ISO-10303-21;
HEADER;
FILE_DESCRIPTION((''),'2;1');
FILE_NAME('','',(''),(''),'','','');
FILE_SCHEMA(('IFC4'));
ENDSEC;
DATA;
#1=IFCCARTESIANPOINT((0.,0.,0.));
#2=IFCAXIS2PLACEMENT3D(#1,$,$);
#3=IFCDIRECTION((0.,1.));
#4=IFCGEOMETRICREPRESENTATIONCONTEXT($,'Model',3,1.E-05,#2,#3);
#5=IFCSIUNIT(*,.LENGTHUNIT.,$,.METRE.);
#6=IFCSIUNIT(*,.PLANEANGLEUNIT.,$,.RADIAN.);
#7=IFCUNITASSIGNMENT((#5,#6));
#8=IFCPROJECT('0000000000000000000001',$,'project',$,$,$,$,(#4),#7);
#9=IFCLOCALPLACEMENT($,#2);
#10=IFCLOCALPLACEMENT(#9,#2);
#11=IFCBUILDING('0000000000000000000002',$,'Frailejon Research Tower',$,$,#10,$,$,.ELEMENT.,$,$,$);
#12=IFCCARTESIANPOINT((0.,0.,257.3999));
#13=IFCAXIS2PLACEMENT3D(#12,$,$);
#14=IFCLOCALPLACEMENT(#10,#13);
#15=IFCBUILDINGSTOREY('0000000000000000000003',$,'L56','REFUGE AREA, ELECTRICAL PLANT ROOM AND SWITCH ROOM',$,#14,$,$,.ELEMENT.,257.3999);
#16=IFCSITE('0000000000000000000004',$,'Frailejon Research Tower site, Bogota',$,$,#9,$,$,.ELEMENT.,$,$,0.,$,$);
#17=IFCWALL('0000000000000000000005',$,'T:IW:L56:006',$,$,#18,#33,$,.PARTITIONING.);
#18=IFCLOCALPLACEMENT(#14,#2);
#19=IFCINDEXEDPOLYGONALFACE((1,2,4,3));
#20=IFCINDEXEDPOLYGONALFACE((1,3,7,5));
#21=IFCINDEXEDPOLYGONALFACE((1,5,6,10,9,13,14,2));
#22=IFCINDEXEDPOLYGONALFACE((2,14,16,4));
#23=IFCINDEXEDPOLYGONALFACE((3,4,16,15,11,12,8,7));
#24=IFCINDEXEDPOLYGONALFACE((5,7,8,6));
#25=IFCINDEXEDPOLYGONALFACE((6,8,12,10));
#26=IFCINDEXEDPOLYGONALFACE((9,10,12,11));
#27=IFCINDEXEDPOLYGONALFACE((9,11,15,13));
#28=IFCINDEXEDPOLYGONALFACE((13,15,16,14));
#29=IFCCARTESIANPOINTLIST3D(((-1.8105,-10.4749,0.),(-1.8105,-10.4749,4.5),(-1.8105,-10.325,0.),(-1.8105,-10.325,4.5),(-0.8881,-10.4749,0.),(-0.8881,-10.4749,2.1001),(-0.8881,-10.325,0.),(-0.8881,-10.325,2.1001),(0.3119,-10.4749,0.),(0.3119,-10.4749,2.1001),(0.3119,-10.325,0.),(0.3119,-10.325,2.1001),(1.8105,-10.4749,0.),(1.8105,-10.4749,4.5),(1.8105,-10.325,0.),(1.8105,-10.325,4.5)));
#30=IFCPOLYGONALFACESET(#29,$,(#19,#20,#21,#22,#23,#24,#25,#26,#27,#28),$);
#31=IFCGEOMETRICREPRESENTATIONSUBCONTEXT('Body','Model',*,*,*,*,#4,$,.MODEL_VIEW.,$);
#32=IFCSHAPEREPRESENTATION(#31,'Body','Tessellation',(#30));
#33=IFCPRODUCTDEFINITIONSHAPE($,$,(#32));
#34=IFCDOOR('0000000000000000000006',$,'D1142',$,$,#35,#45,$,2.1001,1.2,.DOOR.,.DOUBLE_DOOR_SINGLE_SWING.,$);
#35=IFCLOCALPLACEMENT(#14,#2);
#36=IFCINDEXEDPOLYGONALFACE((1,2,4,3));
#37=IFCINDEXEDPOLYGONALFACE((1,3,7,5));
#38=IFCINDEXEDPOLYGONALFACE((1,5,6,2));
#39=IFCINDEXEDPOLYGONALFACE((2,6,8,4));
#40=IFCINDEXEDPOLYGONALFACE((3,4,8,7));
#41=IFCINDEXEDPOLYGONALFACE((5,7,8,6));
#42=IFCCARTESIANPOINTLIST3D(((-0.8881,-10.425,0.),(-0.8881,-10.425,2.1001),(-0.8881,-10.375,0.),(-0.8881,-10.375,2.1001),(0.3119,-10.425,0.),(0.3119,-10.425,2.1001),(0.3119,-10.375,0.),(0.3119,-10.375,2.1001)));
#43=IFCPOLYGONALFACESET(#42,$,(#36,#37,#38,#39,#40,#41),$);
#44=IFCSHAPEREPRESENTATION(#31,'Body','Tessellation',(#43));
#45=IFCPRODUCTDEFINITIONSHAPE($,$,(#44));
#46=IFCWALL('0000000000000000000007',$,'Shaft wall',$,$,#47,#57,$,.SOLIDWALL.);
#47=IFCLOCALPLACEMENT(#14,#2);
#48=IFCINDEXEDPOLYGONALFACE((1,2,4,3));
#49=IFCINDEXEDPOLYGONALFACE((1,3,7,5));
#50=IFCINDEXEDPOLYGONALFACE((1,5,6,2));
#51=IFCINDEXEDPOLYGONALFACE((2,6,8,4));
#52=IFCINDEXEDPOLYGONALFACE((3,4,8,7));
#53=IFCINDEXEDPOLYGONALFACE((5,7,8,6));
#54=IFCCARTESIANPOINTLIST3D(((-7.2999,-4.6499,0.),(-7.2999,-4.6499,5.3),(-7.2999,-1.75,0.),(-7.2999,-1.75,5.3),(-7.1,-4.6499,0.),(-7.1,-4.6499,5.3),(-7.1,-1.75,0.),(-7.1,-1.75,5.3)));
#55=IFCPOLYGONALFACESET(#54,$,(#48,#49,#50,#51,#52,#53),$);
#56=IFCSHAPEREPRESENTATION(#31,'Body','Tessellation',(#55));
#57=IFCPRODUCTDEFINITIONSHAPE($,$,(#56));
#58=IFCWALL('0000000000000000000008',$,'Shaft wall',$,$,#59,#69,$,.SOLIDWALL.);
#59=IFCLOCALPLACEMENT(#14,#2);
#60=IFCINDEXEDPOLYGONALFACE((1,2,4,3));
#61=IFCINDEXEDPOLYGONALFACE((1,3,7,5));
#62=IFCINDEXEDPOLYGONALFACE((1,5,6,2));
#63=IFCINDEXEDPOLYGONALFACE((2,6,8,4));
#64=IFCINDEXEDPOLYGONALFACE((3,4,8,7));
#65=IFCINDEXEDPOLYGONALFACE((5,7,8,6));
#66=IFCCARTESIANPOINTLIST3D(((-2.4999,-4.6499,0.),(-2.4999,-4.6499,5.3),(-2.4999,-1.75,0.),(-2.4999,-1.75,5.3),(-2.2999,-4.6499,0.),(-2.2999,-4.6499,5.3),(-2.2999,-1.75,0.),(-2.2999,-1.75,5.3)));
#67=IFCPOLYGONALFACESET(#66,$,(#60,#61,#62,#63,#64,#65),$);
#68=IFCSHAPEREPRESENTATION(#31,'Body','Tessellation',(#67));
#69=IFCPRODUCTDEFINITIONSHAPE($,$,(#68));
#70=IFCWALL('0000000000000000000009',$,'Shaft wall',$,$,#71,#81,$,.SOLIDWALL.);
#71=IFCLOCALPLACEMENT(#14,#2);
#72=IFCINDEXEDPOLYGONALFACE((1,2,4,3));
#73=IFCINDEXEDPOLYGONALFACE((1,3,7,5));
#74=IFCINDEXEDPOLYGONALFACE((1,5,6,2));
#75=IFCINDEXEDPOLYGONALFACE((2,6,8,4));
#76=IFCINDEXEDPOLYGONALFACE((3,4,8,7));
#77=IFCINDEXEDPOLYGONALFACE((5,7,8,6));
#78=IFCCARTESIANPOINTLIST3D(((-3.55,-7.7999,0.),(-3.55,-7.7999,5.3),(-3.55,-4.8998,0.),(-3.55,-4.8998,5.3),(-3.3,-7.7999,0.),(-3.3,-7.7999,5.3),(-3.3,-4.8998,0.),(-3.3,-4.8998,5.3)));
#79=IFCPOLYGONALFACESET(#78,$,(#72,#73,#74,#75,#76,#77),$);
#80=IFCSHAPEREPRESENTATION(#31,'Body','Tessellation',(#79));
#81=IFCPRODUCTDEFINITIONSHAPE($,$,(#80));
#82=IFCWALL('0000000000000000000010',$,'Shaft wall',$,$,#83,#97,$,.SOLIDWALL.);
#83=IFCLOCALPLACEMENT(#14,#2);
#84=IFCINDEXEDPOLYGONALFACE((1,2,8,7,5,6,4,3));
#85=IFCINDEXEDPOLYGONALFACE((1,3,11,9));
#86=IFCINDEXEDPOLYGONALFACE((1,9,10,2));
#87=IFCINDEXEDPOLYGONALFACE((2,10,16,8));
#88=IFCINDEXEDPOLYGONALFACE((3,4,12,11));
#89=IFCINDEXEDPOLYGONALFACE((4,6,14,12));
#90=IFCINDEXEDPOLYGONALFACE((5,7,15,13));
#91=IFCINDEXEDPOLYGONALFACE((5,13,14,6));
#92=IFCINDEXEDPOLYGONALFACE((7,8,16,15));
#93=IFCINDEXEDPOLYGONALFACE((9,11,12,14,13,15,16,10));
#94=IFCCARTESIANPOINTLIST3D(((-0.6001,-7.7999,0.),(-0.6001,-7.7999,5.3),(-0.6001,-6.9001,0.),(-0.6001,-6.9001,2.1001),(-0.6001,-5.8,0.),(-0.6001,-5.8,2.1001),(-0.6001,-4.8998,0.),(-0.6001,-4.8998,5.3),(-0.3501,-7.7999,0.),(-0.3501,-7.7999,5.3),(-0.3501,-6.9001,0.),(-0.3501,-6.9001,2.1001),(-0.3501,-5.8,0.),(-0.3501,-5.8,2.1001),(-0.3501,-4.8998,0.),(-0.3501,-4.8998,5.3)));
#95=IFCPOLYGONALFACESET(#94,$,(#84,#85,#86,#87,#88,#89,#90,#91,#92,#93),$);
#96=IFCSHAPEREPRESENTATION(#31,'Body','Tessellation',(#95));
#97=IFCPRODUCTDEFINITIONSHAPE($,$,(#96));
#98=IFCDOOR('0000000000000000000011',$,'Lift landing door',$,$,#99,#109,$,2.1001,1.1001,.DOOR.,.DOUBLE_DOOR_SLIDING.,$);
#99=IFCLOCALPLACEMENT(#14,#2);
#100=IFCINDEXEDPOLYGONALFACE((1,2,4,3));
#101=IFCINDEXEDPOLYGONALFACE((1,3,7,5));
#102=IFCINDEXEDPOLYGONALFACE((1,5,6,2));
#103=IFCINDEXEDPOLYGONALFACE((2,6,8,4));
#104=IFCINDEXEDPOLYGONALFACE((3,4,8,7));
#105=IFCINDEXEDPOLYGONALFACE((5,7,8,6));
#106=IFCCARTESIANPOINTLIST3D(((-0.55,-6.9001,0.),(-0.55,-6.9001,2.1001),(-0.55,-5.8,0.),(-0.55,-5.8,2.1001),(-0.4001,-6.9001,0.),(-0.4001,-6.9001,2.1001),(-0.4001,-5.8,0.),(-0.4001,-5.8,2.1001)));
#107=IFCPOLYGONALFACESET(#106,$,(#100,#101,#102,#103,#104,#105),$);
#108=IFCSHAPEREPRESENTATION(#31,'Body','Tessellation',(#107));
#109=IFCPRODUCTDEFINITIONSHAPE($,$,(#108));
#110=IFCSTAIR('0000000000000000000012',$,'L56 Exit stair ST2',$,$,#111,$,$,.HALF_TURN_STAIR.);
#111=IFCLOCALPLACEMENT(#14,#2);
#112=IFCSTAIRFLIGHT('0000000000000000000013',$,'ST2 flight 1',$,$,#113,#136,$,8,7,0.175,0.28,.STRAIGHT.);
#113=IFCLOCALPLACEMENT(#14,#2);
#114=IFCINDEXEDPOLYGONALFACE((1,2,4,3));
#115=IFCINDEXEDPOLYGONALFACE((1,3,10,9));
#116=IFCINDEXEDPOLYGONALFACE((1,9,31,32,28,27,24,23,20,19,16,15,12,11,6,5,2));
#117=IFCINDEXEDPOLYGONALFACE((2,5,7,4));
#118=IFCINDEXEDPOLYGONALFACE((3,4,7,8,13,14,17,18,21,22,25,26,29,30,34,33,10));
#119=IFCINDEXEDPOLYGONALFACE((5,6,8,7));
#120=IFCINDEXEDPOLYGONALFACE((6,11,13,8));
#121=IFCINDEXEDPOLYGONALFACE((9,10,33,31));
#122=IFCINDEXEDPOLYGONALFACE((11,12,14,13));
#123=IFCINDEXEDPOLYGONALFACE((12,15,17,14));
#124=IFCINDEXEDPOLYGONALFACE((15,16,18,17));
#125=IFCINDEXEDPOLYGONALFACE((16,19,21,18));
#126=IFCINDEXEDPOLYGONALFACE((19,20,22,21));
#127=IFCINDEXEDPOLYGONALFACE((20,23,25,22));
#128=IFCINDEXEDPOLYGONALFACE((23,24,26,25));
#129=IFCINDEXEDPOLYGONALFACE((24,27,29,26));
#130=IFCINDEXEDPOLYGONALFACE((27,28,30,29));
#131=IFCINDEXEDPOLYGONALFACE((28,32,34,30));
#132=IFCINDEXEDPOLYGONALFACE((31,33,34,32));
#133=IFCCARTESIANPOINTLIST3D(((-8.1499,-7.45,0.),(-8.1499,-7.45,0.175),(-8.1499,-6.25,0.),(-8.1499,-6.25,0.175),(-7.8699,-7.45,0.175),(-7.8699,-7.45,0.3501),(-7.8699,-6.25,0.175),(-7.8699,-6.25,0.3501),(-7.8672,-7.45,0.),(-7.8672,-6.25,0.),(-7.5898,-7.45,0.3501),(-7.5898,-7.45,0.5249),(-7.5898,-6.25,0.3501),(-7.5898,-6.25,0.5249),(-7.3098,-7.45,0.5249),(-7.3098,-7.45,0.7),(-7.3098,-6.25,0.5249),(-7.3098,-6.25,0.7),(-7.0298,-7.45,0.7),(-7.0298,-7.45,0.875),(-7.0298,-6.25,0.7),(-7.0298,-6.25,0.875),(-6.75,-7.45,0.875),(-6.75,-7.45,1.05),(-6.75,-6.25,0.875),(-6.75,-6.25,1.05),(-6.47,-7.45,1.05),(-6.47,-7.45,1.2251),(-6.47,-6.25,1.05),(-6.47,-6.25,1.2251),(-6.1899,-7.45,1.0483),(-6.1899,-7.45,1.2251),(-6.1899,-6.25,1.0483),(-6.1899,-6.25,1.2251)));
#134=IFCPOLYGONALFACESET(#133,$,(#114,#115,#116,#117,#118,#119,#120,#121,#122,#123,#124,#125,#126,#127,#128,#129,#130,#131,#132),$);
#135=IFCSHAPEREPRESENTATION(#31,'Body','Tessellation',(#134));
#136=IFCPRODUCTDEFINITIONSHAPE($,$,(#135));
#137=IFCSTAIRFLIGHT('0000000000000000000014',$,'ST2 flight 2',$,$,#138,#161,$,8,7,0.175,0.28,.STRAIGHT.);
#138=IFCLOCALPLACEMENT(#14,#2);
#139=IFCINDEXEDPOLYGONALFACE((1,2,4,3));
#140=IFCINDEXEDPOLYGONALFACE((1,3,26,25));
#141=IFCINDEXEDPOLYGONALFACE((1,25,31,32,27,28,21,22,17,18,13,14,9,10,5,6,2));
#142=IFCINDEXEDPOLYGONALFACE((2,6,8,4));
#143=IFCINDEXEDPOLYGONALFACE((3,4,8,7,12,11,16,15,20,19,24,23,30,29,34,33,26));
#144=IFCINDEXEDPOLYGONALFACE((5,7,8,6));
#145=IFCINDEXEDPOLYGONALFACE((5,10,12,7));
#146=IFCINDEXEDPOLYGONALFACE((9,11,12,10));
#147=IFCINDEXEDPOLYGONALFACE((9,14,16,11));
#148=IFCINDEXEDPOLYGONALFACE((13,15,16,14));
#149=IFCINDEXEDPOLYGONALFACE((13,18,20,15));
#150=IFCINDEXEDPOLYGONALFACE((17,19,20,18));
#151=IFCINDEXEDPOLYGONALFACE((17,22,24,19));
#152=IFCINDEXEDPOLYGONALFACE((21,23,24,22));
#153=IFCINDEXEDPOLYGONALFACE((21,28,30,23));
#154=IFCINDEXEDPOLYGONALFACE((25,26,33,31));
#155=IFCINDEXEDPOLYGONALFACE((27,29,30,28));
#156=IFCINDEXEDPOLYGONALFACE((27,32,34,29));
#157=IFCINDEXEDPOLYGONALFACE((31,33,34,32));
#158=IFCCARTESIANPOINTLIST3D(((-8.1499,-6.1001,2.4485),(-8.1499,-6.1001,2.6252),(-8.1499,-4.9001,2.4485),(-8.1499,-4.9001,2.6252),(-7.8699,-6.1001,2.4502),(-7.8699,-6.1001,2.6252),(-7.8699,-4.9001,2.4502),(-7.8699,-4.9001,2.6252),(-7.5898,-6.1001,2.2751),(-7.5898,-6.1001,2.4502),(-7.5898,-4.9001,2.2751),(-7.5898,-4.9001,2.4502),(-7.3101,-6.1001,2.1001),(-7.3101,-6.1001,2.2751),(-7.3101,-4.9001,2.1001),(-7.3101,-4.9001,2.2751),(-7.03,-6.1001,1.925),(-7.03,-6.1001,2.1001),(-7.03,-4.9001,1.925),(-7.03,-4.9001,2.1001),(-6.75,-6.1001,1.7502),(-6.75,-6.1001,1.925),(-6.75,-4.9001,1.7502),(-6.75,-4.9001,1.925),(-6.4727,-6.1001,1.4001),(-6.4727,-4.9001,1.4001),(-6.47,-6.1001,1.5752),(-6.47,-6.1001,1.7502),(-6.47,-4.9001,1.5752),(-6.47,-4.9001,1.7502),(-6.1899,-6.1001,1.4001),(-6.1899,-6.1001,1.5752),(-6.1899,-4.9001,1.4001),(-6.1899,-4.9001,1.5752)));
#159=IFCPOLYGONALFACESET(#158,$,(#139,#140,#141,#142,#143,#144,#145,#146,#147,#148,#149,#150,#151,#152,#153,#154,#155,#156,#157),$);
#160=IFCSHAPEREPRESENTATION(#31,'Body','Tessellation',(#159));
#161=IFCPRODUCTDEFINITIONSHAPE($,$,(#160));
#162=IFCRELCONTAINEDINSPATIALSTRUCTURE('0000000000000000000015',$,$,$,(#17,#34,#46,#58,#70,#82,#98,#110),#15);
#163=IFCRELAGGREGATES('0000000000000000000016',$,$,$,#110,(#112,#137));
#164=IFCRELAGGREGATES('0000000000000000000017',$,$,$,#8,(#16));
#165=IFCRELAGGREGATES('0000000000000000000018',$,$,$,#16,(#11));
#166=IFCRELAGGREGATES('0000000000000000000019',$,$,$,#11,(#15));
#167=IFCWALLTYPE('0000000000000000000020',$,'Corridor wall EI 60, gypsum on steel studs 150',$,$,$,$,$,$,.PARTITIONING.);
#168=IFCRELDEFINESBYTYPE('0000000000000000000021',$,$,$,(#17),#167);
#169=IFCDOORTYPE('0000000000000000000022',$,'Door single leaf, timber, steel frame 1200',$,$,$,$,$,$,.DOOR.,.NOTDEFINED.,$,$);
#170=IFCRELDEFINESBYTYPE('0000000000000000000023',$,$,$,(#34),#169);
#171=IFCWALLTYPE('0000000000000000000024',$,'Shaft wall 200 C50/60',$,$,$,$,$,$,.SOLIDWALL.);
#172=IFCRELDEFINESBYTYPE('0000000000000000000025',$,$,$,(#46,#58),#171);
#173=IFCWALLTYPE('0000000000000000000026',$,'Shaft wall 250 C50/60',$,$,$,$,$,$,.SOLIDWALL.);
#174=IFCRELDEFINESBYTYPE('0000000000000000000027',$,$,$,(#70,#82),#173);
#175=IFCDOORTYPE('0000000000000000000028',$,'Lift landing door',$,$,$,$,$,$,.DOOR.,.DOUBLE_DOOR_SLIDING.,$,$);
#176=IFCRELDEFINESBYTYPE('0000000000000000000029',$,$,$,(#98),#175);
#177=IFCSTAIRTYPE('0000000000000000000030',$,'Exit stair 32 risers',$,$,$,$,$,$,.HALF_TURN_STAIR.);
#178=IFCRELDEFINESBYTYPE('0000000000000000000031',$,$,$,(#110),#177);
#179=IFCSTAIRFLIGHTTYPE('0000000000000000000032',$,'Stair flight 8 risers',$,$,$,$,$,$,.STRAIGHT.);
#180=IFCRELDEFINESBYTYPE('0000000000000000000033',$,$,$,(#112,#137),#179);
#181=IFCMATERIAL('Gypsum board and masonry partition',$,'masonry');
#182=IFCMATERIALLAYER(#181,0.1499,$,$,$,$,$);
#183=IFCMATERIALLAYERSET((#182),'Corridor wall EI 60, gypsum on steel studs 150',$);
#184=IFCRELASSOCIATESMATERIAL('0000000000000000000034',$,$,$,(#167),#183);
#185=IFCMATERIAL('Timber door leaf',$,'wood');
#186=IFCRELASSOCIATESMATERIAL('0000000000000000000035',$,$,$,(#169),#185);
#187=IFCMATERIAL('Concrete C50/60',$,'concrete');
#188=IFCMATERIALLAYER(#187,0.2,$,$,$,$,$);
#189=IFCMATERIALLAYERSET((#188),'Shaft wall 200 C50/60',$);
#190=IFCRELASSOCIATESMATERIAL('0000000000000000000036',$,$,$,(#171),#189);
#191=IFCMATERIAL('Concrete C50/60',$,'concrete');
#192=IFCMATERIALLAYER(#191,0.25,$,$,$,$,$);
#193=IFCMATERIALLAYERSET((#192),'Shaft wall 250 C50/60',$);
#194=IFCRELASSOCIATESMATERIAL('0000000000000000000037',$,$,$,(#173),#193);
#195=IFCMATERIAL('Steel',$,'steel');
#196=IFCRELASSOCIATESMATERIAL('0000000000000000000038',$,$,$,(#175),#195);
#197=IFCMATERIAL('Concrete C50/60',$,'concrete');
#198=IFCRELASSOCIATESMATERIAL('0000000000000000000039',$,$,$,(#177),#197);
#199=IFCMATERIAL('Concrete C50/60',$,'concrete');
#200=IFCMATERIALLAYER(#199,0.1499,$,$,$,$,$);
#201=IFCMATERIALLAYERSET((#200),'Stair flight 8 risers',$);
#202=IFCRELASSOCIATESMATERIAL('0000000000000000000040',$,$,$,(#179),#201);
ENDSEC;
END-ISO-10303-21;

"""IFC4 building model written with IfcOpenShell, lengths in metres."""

from ifc_helpers import new_model, si_unit, direction, frame, frame_2d, origin, place, context, subcontext, project, spatial, polyline, rectangle, outline, extrude, material, layer, layer_set, type_object, element, fill, aggregate, save


model = new_model("IFC4")

# Units and contexts
model_context = context("Model", 3, precision=1e-05, world=origin(), true_north=direction((0.0, 1.0)))
body_context = subcontext(model_context, "Body", "Model", "MODEL_VIEW")
ifc_project = project(units=[si_unit("LENGTHUNIT", "METRE"), si_unit("PLANEANGLEUNIT", "RADIAN")], contexts=[model_context])

# Site, building, storey
site_placement = place(None, origin())
site = spatial("IfcSite", under=ifc_project, at=site_placement, Name="Frailejon Research Tower site, Bogota", CompositionType="ELEMENT", RefElevation=0.0)
building_placement = place(site_placement, origin())
building = spatial("IfcBuilding", under=site, at=building_placement, Name="Frailejon Research Tower", CompositionType="ELEMENT")
storey_placement = place(building_placement, frame((0.0, 0.0, 257.3999)))
storey = spatial("IfcBuildingStorey", under=building, at=storey_placement, Name="L56", Description="REFUGE AREA, ELECTRICAL PLANT ROOM AND SWITCH ROOM", CompositionType="ELEMENT", Elevation=257.3999)

# Wall, opening, door
ifc_material_1 = material(Name="Gypsum board and masonry partition", Category="masonry")
ifc_layer_1 = layer(ifc_material_1, 0.1499)
ifc_layer_set_1 = layer_set([ifc_layer_1], Name="Corridor wall EI 60, gypsum on steel studs 150")
wall_type_1 = type_object("IfcWallType", Name="Corridor wall EI 60, gypsum on steel studs 150", PredefinedType="PARTITIONING", material=ifc_layer_set_1)
wall_1_placement = place(storey_placement, frame((-1.8105, -10.3999, 0.0), z_axis=(0.0, 0.0, 1.0), x_axis=(1.0, 0.0, 0.0)))
wall_1 = element("IfcWall", 1, at=wall_1_placement, inside=storey, type_object=wall_type_1, Name="T:IW:L56:006", PredefinedType="PARTITIONING", context=body_context, shape_type="SweptSolid", body=[
    extrude(rectangle(XDim=3.6211, YDim=0.1499, at=frame_2d((1.8105, 0.0))), origin(), (0.0, 0.0, 1.0), 4.5),
])
opening_1_placement = place(wall_1_placement, frame((0.9224, 0.0, 0.0)))
opening_1 = element("IfcOpeningElement", 2, at=opening_1_placement, cuts=wall_1, PredefinedType="OPENING", context=body_context, shape_type="SweptSolid", body=[
    extrude(rectangle(XDim=1.2, YDim=2.1001, at=frame_2d((0.6001, 1.05))), frame((0.0, 0.085, 0.0), z_axis=(0.0, -1.0, 0.0), x_axis=(1.0, 0.0, 0.0)), (0.0, 0.0, 1.0), 0.1699),
])
ifc_material_2 = material(Name="Timber door leaf", Category="wood")
door_type_1 = type_object("IfcDoorType", Name="Door single leaf, timber, steel frame 1200", OperationType="NOTDEFINED", PredefinedType="DOOR", material=ifc_material_2)
door_1_placement = place(opening_1_placement, origin())
door_1 = element("IfcDoor", 3, at=door_1_placement, inside=storey, type_object=door_type_1, Name="D1142", OperationType="DOUBLE_DOOR_SINGLE_SWING", OverallHeight=2.1001, OverallWidth=1.2, PredefinedType="DOOR", context=body_context, shape_type="SweptSolid", body=[
    extrude(rectangle(XDim=1.2, YDim=2.1001, at=frame_2d((0.6001, 1.05))), frame((0.0, 0.0249, 0.0), z_axis=(0.0, -1.0, 0.0), x_axis=(1.0, 0.0, 0.0)), (0.0, 0.0, 1.0), 0.05),
])
fill(opening_1, door_1)

# Walls
ifc_material_3 = material(Name="Concrete C50/60", Category="concrete")
ifc_layer_2 = layer(ifc_material_3, 0.2)
ifc_layer_set_2 = layer_set([ifc_layer_2], Name="Shaft wall 200 C50/60")
wall_type_2 = type_object("IfcWallType", Name="Shaft wall 200 C50/60", PredefinedType="SOLIDWALL", material=ifc_layer_set_2)
for number, where, z_axis, x_axis, name in (
    (4, (-7.2, -4.6499, 0.0), (0.0, 0.0, 1.0), (0.0, 1.0, 0.0), "Shaft wall"),
    (5, (-2.3999, -4.6499, 0.0), (0.0, 0.0, 1.0), (0.0, 1.0, 0.0), "Shaft wall"),
):
    element("IfcWall", number, at=place(storey_placement, frame(where, z_axis=z_axis, x_axis=x_axis)), inside=storey, type_object=wall_type_2, Name=name, PredefinedType="SOLIDWALL", context=body_context, shape_type="SweptSolid", body=[
        extrude(rectangle(XDim=2.8999, YDim=0.2, at=frame_2d((1.45, 0.0))), origin(), (0.0, 0.0, 1.0), 5.3),
    ])
ifc_material_4 = material(Name="Concrete C50/60", Category="concrete")
ifc_layer_3 = layer(ifc_material_4, 0.25)
ifc_layer_set_3 = layer_set([ifc_layer_3], Name="Shaft wall 250 C50/60")
wall_type_3 = type_object("IfcWallType", Name="Shaft wall 250 C50/60", PredefinedType="SOLIDWALL", material=ifc_layer_set_3)
wall_2_placement = place(storey_placement, frame((-3.425, -7.8, 0.0), z_axis=(0.0, 0.0, 1.0), x_axis=(0.0, 1.0, 0.0)))
element("IfcWall", 6, at=wall_2_placement, inside=storey, type_object=wall_type_3, Name="Shaft wall", PredefinedType="SOLIDWALL", context=body_context, shape_type="SweptSolid", body=[
    extrude(rectangle(XDim=2.9001, YDim=0.25, at=frame_2d((1.4502, 0.0))), origin(), (0.0, 0.0, 1.0), 5.3),
])

# Wall, opening, door
wall_3_placement = place(storey_placement, frame((-0.4751, -7.8, 0.0), z_axis=(0.0, 0.0, 1.0), x_axis=(0.0, 1.0, 0.0)))
wall_3 = element("IfcWall", 7, at=wall_3_placement, inside=storey, type_object=wall_type_3, Name="Shaft wall", PredefinedType="SOLIDWALL", context=body_context, shape_type="SweptSolid", body=[
    extrude(rectangle(XDim=2.9001, YDim=0.25, at=frame_2d((1.4502, 0.0))), origin(), (0.0, 0.0, 1.0), 5.3),
])
opening_2_placement = place(wall_3_placement, frame((0.8999, 0.0, 0.0)))
opening_2 = element("IfcOpeningElement", 8, at=opening_2_placement, cuts=wall_3, PredefinedType="OPENING", context=body_context, shape_type="SweptSolid", body=[
    extrude(rectangle(XDim=1.1001, YDim=2.1001, at=frame_2d((0.55, 1.05))), frame((0.0, 0.135, 0.0), z_axis=(0.0, -1.0, 0.0), x_axis=(1.0, 0.0, 0.0)), (0.0, 0.0, 1.0), 0.27),
])
ifc_material_5 = material(Name="Steel", Category="steel")
door_type_2 = type_object("IfcDoorType", Name="Lift landing door", OperationType="DOUBLE_DOOR_SLIDING", PredefinedType="DOOR", material=ifc_material_5)
door_2_placement = place(opening_2_placement, origin())
door_2 = element("IfcDoor", 9, at=door_2_placement, inside=storey, type_object=door_type_2, Name="Lift landing door", OperationType="DOUBLE_DOOR_SLIDING", OverallHeight=2.1001, OverallWidth=1.1001, PredefinedType="DOOR", context=body_context, shape_type="SweptSolid", body=[
    extrude(rectangle(XDim=1.1001, YDim=2.1001, at=frame_2d((0.55, 1.05))), frame((0.0, 0.075, 0.0), z_axis=(0.0, -1.0, 0.0), x_axis=(1.0, 0.0, 0.0)), (0.0, 0.0, 1.0), 0.1499),
])
fill(opening_2, door_2)

# Stair, stair flights
ifc_material_6 = material(Name="Concrete C50/60", Category="concrete")
stair_type = type_object("IfcStairType", Name="Exit stair 32 risers", PredefinedType="HALF_TURN_STAIR", material=ifc_material_6)
stair_placement = place(storey_placement, origin())
stair = element("IfcStair", 10, at=stair_placement, inside=storey, type_object=stair_type, Name="L56 Exit stair ST2", PredefinedType="HALF_TURN_STAIR")
ifc_material_7 = material(Name="Concrete C50/60", Category="concrete")
ifc_layer_4 = layer(ifc_material_7, 0.1499)
ifc_layer_set_4 = layer_set([ifc_layer_4], Name="Stair flight 8 risers")
stair_flight_type = type_object("IfcStairFlightType", Name="Stair flight 8 risers", PredefinedType="STRAIGHT", material=ifc_layer_set_4)
stair_flight_1_placement = place(storey_placement, frame((-8.1499, -6.8501, 0.0), z_axis=(0.0, 0.0, 1.0), x_axis=(1.0, 0.0, 0.0)))
stair_flight_1 = element("IfcStairFlight", 11, at=stair_flight_1_placement, type_object=stair_flight_type, Name="ST2 flight 1", NumberOfRisers=8, NumberOfTreads=7, PredefinedType="STRAIGHT", RiserHeight=0.175, TreadLength=0.28, context=body_context, shape_type="SweptSolid", body=[
    extrude(outline(polyline([(0.0, 0.0), (0.0, 0.175), (0.28, 0.175), (0.28, 0.3501), (0.5601, 0.3501), (0.5601, 0.5249), (0.8401, 0.5249), (0.8401, 0.7), (1.1201, 0.7), (1.1201, 0.875), (1.3999, 0.875), (1.3999, 1.05), (1.6799, 1.05), (1.6799, 1.2251), (1.96, 1.2251), (1.96, 1.3999), (1.96, 1.0483), (0.2827, 0.0), (0.0, 0.0)])), frame((0.0, 0.6001, 0.0), z_axis=(0.0, -1.0, 0.0), x_axis=(1.0, 0.0, 0.0)), (0.0, 0.0, 1.0), 1.2),
])
stair_flight_2_placement = place(storey_placement, frame((-6.1899, -5.5, 1.4001), z_axis=(0.0, 0.0, 1.0), x_axis=(-1.0, 0.0, 0.0)))
stair_flight_2 = element("IfcStairFlight", 12, at=stair_flight_2_placement, type_object=stair_flight_type, Name="ST2 flight 2", NumberOfRisers=8, NumberOfTreads=7, PredefinedType="STRAIGHT", RiserHeight=0.175, TreadLength=0.28, context=body_context, shape_type="SweptSolid", body=[
    extrude(outline(polyline([(0.0, 0.0), (0.0, 0.175), (0.28, 0.175), (0.28, 0.3501), (0.5601, 0.3501), (0.5601, 0.5249), (0.8401, 0.5249), (0.8401, 0.7), (1.1201, 0.7), (1.1201, 0.875), (1.3999, 0.875), (1.3999, 1.05), (1.6799, 1.05), (1.6799, 1.2251), (1.96, 1.2251), (1.96, 1.3999), (1.96, 1.0483), (0.2827, 0.0), (0.0, 0.0)])), frame((0.0, 0.6001, 0.0), z_axis=(0.0, -1.0, 0.0), x_axis=(1.0, 0.0, 0.0)), (0.0, 0.0, 1.0), 1.2),
])
aggregate(stair, [stair_flight_1, stair_flight_2])

save(model, "model.ifc")
